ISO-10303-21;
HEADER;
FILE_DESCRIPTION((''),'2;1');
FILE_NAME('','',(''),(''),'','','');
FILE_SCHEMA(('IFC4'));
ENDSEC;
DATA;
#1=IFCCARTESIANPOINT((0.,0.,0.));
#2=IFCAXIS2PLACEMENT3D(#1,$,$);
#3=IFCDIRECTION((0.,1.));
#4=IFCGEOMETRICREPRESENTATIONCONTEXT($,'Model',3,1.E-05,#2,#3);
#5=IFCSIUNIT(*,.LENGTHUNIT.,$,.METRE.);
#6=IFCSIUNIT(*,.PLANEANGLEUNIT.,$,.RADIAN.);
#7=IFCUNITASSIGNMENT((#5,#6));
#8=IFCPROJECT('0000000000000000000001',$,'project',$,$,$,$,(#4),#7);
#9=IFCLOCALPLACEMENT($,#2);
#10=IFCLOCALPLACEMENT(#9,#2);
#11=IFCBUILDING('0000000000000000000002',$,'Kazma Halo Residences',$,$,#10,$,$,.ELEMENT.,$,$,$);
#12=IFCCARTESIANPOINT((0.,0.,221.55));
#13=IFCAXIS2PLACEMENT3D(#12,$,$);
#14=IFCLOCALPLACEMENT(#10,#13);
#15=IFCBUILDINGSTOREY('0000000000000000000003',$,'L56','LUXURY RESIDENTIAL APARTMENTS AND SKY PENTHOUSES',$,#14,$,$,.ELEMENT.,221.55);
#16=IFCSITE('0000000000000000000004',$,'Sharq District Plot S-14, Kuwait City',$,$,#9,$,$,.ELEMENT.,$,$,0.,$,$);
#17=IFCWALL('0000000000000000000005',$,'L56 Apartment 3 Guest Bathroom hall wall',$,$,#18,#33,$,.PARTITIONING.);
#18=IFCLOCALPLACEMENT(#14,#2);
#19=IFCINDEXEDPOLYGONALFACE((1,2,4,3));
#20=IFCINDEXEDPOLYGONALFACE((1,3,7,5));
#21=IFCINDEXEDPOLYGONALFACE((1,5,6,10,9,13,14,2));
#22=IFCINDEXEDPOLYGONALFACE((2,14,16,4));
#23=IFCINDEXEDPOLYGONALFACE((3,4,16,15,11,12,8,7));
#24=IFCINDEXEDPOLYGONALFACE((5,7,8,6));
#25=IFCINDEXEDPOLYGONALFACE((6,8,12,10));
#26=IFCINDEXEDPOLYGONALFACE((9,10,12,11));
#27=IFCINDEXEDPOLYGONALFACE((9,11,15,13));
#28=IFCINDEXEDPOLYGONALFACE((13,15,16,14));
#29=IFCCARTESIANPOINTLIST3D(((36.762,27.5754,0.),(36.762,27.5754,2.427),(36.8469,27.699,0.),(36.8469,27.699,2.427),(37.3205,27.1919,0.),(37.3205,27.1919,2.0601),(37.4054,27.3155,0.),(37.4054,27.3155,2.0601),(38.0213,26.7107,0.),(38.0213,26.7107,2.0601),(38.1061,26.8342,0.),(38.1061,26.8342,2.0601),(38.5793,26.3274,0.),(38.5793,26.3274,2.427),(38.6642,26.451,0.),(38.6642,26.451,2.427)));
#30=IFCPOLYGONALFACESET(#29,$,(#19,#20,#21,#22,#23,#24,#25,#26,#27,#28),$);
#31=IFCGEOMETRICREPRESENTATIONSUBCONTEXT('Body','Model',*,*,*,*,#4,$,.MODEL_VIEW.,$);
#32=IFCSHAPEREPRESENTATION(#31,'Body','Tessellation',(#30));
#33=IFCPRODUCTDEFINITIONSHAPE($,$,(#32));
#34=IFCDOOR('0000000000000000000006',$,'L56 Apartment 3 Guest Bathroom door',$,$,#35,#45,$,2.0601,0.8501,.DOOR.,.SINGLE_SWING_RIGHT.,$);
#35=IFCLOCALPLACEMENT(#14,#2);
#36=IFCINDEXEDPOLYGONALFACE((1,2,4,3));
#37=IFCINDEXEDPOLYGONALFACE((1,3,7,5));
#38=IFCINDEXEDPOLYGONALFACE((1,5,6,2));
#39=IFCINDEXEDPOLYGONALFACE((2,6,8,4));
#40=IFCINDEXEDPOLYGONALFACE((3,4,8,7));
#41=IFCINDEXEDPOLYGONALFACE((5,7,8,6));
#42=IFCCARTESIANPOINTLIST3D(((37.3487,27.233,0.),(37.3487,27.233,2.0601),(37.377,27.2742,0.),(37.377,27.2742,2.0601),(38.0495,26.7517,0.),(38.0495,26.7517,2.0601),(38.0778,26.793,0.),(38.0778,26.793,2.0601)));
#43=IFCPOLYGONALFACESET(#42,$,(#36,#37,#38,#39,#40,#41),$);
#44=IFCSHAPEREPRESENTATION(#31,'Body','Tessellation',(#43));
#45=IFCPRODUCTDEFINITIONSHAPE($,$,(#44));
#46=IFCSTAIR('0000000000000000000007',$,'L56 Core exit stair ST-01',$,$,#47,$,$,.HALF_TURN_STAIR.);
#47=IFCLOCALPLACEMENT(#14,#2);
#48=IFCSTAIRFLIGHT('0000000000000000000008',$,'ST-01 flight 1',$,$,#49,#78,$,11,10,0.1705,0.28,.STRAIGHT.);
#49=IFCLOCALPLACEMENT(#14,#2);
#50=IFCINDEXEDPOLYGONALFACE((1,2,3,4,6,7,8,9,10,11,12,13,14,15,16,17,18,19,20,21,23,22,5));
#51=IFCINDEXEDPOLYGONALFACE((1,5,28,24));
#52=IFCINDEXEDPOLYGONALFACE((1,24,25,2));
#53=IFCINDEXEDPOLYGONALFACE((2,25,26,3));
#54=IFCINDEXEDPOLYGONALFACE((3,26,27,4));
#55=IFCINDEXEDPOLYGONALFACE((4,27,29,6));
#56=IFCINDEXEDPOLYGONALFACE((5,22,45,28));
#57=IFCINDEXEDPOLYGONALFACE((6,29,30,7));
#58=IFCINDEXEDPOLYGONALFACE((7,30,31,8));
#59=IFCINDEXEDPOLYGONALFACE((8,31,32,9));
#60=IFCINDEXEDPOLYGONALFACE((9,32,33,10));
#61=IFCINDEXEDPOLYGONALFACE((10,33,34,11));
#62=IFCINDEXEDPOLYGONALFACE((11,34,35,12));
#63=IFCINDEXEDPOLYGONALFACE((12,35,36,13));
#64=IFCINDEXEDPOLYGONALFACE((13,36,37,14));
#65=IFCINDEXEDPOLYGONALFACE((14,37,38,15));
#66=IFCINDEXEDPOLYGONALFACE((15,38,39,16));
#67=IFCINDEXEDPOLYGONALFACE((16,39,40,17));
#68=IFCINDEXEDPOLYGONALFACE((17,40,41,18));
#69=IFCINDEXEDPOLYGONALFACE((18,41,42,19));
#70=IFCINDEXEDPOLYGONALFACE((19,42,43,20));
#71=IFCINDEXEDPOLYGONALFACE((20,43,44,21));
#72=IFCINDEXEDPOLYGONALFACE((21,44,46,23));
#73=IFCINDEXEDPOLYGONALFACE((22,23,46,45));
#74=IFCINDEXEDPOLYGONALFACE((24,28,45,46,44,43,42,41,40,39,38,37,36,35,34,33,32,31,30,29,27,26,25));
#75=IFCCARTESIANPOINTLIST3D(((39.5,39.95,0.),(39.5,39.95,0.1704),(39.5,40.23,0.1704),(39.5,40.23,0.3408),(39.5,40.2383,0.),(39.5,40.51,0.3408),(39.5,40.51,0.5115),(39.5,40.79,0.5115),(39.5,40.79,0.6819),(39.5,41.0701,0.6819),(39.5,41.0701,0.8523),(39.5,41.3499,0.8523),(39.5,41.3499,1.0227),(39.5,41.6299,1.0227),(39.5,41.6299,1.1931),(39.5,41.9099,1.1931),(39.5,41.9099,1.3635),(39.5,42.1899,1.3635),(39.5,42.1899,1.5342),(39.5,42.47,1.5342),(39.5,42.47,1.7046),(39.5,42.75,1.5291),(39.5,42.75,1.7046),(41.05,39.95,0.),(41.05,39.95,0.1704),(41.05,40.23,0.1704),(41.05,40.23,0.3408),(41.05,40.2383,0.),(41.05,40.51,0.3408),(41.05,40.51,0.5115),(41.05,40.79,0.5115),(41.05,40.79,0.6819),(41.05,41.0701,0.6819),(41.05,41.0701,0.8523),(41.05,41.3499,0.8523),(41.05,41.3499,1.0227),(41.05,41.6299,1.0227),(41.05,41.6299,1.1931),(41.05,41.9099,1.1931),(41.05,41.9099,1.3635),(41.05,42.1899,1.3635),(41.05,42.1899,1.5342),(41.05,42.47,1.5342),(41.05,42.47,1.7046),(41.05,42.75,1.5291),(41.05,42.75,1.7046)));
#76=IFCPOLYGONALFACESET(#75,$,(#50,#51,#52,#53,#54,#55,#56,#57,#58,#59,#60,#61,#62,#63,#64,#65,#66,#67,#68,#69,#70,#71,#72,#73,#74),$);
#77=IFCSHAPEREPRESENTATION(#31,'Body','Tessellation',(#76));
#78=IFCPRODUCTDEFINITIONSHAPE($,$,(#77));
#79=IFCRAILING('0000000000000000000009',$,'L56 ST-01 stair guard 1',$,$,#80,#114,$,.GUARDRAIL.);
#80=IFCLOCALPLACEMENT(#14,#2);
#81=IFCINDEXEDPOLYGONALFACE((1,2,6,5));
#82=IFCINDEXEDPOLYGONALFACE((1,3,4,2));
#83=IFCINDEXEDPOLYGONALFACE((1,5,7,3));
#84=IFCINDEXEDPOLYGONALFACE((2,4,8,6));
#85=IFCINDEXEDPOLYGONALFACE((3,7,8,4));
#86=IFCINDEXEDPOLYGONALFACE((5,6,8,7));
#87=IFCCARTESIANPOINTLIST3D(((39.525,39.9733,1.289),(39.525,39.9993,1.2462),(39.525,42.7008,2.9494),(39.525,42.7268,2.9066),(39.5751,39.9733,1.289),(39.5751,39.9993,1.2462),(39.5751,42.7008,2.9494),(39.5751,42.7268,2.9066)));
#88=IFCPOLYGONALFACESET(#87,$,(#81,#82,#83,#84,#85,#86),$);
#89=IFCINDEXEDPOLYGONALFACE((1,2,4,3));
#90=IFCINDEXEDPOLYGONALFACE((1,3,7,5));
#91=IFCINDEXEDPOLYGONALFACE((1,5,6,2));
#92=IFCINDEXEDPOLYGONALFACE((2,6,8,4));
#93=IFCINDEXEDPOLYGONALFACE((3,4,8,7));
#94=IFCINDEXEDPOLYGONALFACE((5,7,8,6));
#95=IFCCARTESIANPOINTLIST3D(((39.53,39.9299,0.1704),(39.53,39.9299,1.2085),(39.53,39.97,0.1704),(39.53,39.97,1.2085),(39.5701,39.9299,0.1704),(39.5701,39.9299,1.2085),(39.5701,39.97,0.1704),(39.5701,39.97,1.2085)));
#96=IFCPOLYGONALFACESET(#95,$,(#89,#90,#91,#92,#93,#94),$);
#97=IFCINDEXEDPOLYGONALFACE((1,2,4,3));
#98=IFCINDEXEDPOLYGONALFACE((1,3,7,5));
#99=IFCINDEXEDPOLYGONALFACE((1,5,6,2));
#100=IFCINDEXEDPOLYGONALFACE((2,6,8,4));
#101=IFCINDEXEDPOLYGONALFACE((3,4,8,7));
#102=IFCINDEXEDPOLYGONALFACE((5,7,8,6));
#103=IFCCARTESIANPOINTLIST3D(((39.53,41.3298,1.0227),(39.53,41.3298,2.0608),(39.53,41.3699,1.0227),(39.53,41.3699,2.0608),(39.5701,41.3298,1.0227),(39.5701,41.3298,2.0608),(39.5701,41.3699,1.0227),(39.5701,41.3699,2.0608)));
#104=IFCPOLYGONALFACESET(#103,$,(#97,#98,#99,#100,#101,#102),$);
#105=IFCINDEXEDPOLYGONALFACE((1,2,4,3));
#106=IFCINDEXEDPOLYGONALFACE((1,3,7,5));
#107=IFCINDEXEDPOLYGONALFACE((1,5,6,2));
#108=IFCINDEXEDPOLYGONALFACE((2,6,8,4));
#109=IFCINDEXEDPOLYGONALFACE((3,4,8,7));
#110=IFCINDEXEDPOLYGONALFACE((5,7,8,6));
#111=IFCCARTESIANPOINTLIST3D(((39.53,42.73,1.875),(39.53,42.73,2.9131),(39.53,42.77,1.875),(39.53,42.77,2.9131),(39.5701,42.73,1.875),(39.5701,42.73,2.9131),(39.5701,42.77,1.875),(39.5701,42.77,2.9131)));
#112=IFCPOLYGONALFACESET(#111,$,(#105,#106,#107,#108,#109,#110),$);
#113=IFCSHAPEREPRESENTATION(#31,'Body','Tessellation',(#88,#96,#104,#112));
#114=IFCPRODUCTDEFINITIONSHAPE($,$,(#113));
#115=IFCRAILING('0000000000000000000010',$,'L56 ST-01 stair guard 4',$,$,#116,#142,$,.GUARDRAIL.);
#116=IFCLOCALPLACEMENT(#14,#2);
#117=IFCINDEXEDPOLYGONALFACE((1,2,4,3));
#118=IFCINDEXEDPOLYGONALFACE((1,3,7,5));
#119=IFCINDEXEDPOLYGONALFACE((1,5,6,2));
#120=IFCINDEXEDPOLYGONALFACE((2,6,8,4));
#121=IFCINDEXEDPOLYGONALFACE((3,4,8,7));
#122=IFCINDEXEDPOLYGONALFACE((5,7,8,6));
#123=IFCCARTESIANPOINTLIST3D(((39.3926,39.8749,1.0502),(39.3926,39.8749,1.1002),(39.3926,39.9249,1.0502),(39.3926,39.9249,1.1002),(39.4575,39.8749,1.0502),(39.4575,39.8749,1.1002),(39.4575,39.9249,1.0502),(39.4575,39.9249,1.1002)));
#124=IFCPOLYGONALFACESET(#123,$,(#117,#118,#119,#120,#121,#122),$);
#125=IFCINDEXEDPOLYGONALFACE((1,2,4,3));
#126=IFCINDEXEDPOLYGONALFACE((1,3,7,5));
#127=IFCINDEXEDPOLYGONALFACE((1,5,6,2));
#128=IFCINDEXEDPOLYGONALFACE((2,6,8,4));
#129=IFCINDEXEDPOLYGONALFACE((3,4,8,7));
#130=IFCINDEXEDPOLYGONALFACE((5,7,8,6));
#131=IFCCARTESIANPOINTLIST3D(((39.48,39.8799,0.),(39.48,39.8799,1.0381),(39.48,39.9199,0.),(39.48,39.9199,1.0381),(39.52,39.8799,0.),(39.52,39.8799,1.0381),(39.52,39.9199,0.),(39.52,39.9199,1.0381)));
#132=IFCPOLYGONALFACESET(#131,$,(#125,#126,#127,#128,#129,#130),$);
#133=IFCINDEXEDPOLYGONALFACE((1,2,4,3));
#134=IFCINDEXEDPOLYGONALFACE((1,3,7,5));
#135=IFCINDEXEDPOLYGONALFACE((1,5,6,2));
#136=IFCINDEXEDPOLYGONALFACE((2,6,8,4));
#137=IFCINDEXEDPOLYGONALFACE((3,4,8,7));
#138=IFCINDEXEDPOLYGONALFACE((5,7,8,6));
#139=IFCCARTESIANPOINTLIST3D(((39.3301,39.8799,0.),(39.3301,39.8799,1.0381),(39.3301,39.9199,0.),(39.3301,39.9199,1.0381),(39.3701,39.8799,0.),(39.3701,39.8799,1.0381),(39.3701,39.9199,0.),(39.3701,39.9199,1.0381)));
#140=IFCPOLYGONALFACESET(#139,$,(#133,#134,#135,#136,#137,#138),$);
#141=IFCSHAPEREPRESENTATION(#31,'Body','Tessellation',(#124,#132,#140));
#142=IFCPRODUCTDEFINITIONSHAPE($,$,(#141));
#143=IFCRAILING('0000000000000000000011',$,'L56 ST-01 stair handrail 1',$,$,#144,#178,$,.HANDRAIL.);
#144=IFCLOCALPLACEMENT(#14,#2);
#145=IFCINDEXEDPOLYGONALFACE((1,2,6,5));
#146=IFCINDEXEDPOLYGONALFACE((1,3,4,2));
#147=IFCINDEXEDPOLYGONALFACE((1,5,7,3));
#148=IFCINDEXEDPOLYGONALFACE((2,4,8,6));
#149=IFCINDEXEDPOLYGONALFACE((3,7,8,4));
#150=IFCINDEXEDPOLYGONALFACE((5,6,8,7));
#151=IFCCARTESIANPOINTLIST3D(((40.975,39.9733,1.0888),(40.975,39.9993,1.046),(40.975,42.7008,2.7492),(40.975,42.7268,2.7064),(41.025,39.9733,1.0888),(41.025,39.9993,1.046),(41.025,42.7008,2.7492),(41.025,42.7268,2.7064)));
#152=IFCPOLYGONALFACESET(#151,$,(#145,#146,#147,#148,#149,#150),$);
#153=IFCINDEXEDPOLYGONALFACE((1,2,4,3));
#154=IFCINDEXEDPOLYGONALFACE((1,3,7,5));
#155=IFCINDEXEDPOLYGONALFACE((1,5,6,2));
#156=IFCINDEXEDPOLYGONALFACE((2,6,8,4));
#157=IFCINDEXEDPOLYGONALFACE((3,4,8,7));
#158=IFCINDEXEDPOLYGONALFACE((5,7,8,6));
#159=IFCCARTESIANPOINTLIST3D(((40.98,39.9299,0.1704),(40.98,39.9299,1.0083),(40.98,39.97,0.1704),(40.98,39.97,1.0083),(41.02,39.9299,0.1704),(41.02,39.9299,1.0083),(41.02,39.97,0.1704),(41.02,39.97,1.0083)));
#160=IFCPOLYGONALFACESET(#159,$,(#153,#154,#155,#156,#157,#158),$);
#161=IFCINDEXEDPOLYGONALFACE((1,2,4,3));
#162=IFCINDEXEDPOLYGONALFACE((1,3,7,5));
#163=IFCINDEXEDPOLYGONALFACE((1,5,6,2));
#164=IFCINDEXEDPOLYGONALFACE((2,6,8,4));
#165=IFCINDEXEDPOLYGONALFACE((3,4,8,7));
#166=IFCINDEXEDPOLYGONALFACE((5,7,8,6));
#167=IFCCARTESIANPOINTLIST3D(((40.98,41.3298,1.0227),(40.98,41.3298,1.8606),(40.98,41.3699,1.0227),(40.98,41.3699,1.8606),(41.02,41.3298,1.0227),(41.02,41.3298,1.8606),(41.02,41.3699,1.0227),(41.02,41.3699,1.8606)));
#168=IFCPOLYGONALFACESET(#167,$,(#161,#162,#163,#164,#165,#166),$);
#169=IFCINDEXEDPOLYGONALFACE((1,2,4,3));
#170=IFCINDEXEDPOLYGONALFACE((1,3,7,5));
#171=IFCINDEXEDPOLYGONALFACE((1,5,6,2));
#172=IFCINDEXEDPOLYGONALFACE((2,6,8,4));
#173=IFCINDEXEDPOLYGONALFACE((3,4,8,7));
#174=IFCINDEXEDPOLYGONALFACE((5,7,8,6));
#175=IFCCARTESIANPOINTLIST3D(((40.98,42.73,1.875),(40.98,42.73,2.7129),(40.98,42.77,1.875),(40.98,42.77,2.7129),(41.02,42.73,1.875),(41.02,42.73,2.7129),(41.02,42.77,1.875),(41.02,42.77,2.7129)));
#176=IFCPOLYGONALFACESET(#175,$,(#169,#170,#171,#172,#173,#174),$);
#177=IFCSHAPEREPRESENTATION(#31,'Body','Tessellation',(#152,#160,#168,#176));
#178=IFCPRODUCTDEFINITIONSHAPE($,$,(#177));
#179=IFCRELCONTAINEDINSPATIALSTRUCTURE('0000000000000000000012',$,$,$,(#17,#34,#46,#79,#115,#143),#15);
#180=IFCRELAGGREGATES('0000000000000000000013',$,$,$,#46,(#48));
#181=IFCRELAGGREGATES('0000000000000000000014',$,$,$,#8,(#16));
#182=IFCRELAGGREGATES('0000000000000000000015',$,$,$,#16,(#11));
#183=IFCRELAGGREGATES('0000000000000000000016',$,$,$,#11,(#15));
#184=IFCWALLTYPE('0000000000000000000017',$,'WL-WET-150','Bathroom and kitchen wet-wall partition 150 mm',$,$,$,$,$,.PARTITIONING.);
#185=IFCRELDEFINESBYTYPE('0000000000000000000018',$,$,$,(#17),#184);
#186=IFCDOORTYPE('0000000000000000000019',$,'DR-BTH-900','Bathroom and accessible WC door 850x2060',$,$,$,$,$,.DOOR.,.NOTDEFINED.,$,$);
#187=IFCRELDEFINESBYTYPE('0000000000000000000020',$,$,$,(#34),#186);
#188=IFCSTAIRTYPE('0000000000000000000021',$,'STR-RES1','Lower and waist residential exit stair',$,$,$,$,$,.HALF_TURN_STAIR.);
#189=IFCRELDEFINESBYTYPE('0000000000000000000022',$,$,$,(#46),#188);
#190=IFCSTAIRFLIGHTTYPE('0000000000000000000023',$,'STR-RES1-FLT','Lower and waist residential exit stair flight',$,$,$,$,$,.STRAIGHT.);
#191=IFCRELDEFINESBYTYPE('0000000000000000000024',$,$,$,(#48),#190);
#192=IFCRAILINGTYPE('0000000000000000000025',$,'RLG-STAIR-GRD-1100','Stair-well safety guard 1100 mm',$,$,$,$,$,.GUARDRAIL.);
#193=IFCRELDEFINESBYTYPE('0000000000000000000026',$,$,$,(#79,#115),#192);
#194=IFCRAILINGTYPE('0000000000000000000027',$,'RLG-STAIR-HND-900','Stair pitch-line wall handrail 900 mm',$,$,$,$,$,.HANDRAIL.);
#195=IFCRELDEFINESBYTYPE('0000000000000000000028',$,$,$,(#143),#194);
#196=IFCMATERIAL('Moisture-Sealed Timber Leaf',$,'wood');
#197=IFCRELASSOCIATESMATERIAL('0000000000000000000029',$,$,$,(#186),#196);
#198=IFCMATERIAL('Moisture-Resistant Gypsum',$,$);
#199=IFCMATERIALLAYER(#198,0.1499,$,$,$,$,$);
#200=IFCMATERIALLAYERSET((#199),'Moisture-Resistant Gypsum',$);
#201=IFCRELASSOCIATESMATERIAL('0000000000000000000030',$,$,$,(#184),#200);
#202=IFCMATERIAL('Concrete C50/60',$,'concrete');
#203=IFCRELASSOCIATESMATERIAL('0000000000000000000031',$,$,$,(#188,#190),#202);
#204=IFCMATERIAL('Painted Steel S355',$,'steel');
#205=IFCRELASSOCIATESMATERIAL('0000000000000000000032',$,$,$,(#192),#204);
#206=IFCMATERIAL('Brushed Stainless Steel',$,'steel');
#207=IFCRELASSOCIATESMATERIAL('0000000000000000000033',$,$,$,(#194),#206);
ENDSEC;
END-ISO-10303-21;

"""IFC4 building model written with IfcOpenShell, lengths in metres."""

from ifc_helpers import new_model, si_unit, direction, frame, frame_2d, origin, origin_2d, place, context, subcontext, project, spatial, polyline, rectangle, outline, extrude, material, layer, layer_set, type_object, element, fill, aggregate, save


model = new_model("IFC4")

# Units and contexts
model_context = context("Model", 3, precision=1e-05, world=origin(), true_north=direction((0.0, 1.0)))
body_context = subcontext(model_context, "Body", "Model", "MODEL_VIEW")
ifc_project = project(units=[si_unit("LENGTHUNIT", "METRE"), si_unit("PLANEANGLEUNIT", "RADIAN")], contexts=[model_context])

# Site, building, storey
site_placement = place(None, origin())
site = spatial("IfcSite", under=ifc_project, at=site_placement, Name="Sharq District Plot S-14, Kuwait City", CompositionType="ELEMENT", RefElevation=0.0)
building_placement = place(site_placement, origin())
building = spatial("IfcBuilding", under=site, at=building_placement, Name="Kazma Halo Residences", CompositionType="ELEMENT")
storey_placement = place(building_placement, frame((0.0, 0.0, 221.55)))
storey = spatial("IfcBuildingStorey", under=building, at=storey_placement, Name="L56", Description="LUXURY RESIDENTIAL APARTMENTS AND SKY PENTHOUSES", CompositionType="ELEMENT", Elevation=221.55)

# Wall, opening, door
ifc_material_1 = material(Name="Moisture-Sealed Timber Leaf", Category="wood")
door_type_1 = type_object("IfcDoorType", Name="DR-BTH-900", Description="Bathroom and accessible WC door 850x2060", OperationType="NOTDEFINED", PredefinedType="DOOR", material=ifc_material_1)
ifc_material_2 = material(Name="Concrete C50/60", Category="concrete")
ifc_material_3 = material(Name="Moisture-Resistant Gypsum")
ifc_layer_1 = layer(ifc_material_3, 0.1499)
ifc_layer_set_1 = layer_set([ifc_layer_1], Name="Moisture-Resistant Gypsum")
wall_type_1 = type_object("IfcWallType", Name="WL-WET-150", Description="Bathroom and kitchen wet-wall partition 150 mm", PredefinedType="PARTITIONING", material=ifc_layer_set_1)
wall_1_placement = place(storey_placement, frame((36.8044, 27.6372, 0.0), z_axis=(0.0, 0.0, 1.0), x_axis=(0.824339, -0.566096, 0.0)))
wall_1 = element("IfcWall", 1, at=wall_1_placement, inside=storey, type_object=wall_type_1, Name="L56 Apartment 3 Guest Bathroom hall wall", PredefinedType="PARTITIONING", context=body_context, shape_type="SweptSolid", body=[
    extrude(rectangle(XDim=2.2046, YDim=0.1499, at=frame_2d((1.1023, 0.0))), origin(), (0.0, 0.0, 1.0), 2.427),
])
opening_1_placement = place(wall_1_placement, frame((0.6775, 0.0, 0.0)))
opening_1 = element("IfcOpeningElement", 2, at=opening_1_placement, cuts=wall_1, PredefinedType="OPENING", context=body_context, shape_type="SweptSolid", body=[
    extrude(rectangle(XDim=0.8501, YDim=2.0601, at=frame_2d((0.425, 1.03))), frame((0.0, 0.085, 0.0), z_axis=(0.0, -1.0, 0.0), x_axis=(1.0, 0.0, 0.0)), (0.0, 0.0, 1.0), 0.1699),
])
door_1_placement = place(opening_1_placement, origin())
door_1 = element("IfcDoor", 3, at=door_1_placement, inside=storey, type_object=door_type_1, Name="L56 Apartment 3 Guest Bathroom door", OperationType="SINGLE_SWING_RIGHT", OverallHeight=2.0601, OverallWidth=0.8501, PredefinedType="DOOR", context=body_context, shape_type="SweptSolid", body=[
    extrude(rectangle(XDim=0.8501, YDim=2.0601, at=frame_2d((0.425, 1.03))), frame((0.0, 0.0249, 0.0), z_axis=(0.0, -1.0, 0.0), x_axis=(1.0, 0.0, 0.0)), (0.0, 0.0, 1.0), 0.05),
])
fill(opening_1, door_1)

# Stair, stair flight
stair_type = type_object("IfcStairType", Name="STR-RES1", Description="Lower and waist residential exit stair", PredefinedType="HALF_TURN_STAIR", material=ifc_material_2)
stair_placement = place(storey_placement, origin())
stair = element("IfcStair", 4, at=stair_placement, inside=storey, type_object=stair_type, Name="L56 Core exit stair ST-01", PredefinedType="HALF_TURN_STAIR")
stair_flight_type = type_object("IfcStairFlightType", Name="STR-RES1-FLT", Description="Lower and waist residential exit stair flight", PredefinedType="STRAIGHT", material=ifc_material_2)
stair_flight_placement = place(storey_placement, frame((40.2749, 39.95, 0.0), z_axis=(0.0, 0.0, 1.0), x_axis=(0.0, 1.0, 0.0)))
stair_flight = element("IfcStairFlight", 5, at=stair_flight_placement, type_object=stair_flight_type, Name="ST-01 flight 1", NumberOfRisers=11, NumberOfTreads=10, PredefinedType="STRAIGHT", RiserHeight=0.1705, TreadLength=0.28, context=body_context, shape_type="SweptSolid", body=[
    extrude(outline(polyline([(0.0, 0.0), (0.0, 0.1704), (0.28, 0.1704), (0.28, 0.3408), (0.5601, 0.3408), (0.5601, 0.5115), (0.8401, 0.5115), (0.8401, 0.6819), (1.1201, 0.6819), (1.1201, 0.8523), (1.3999, 0.8523), (1.3999, 1.0227), (1.6799, 1.0227), (1.6799, 1.1931), (1.96, 1.1931), (1.96, 1.3635), (2.24, 1.3635), (2.24, 1.5342), (2.52, 1.5342), (2.52, 1.7046), (2.8, 1.7046), (2.8, 1.875), (2.8, 1.5291), (0.2883, 0.0), (0.0, 0.0)])), frame((0.0, 0.7749, 0.0), z_axis=(0.0, -1.0, 0.0), x_axis=(1.0, 0.0, 0.0)), (0.0, 0.0, 1.0), 1.55),
])
aggregate(stair, [stair_flight])

# Railings
ifc_material_4 = material(Name="Painted Steel S355", Category="steel")
railing_type_1 = type_object("IfcRailingType", Name="RLG-STAIR-GRD-1100", Description="Stair-well safety guard 1100 mm", PredefinedType="GUARDRAIL", material=ifc_material_4)
railing_1_placement = place(storey_placement, frame((39.55, 39.95, 0.1704)))
element("IfcRailing", 6, at=railing_1_placement, inside=storey, type_object=railing_type_1, Name="L56 ST-01 stair guard 1", PredefinedType="GUARDRAIL", context=body_context, shape_type="SweptSolid", body=[
    extrude(rectangle(XDim=0.05, YDim=0.05, at=origin_2d()), frame((0.0, 0.0364, 1.0972), z_axis=(0.0, 0.85417, 0.519994), x_axis=(-1.0, 0.0, 0.0)), (0.0, 0.0, 1.0), 3.1931),
    extrude(rectangle(XDim=0.04, YDim=0.04, at=origin_2d()), origin(), (0.0, 0.0, 1.0), 1.0381),
    extrude(rectangle(XDim=0.04, YDim=0.04, at=origin_2d()), frame((0.0, 1.3999, 0.8523)), (0.0, 0.0, 1.0), 1.0381),
    extrude(rectangle(XDim=0.04, YDim=0.04, at=origin_2d()), frame((0.0, 2.8, 1.7046)), (0.0, 0.0, 1.0), 1.0381),
])
railing_2_placement = place(storey_placement, frame((39.5, 39.8999, 0.0)))
element("IfcRailing", 7, at=railing_2_placement, inside=storey, type_object=railing_type_1, Name="L56 ST-01 stair guard 4", PredefinedType="GUARDRAIL", context=body_context, shape_type="SweptSolid", body=[
    extrude(rectangle(XDim=0.05, YDim=0.05, at=origin_2d()), frame((-0.0425, 0.0, 1.0752), z_axis=(-1.0, 0.0, 0.0), x_axis=(0.0, -1.0, 0.0)), (0.0, 0.0, 1.0), 0.0649),
    extrude(rectangle(XDim=0.04, YDim=0.04, at=origin_2d()), origin(), (0.0, 0.0, 1.0), 1.0381),
    extrude(rectangle(XDim=0.04, YDim=0.04, at=origin_2d()), frame((-0.1499, 0.0, 0.0)), (0.0, 0.0, 1.0), 1.0381),
])
ifc_material_5 = material(Name="Brushed Stainless Steel", Category="steel")
railing_type_2 = type_object("IfcRailingType", Name="RLG-STAIR-HND-900", Description="Stair pitch-line wall handrail 900 mm", PredefinedType="HANDRAIL", material=ifc_material_5)
railing_3_placement = place(storey_placement, frame((41.0, 39.95, 0.1704)))
element("IfcRailing", 8, at=railing_3_placement, inside=storey, type_object=railing_type_2, Name="L56 ST-01 stair handrail 1", PredefinedType="HANDRAIL", context=body_context, shape_type="SweptSolid", body=[
    extrude(rectangle(XDim=0.05, YDim=0.05, at=origin_2d()), frame((0.0, 0.0364, 0.897), z_axis=(0.0, 0.85417, 0.519994), x_axis=(-1.0, 0.0, 0.0)), (0.0, 0.0, 1.0), 3.1931),
    extrude(rectangle(XDim=0.04, YDim=0.04, at=origin_2d()), origin(), (0.0, 0.0, 1.0), 0.8379),
    extrude(rectangle(XDim=0.04, YDim=0.04, at=origin_2d()), frame((0.0, 1.3999, 0.8523)), (0.0, 0.0, 1.0), 0.8379),
    extrude(rectangle(XDim=0.04, YDim=0.04, at=origin_2d()), frame((0.0, 2.8, 1.7046)), (0.0, 0.0, 1.0), 0.8379),
])

save(model, "model.ifc")
